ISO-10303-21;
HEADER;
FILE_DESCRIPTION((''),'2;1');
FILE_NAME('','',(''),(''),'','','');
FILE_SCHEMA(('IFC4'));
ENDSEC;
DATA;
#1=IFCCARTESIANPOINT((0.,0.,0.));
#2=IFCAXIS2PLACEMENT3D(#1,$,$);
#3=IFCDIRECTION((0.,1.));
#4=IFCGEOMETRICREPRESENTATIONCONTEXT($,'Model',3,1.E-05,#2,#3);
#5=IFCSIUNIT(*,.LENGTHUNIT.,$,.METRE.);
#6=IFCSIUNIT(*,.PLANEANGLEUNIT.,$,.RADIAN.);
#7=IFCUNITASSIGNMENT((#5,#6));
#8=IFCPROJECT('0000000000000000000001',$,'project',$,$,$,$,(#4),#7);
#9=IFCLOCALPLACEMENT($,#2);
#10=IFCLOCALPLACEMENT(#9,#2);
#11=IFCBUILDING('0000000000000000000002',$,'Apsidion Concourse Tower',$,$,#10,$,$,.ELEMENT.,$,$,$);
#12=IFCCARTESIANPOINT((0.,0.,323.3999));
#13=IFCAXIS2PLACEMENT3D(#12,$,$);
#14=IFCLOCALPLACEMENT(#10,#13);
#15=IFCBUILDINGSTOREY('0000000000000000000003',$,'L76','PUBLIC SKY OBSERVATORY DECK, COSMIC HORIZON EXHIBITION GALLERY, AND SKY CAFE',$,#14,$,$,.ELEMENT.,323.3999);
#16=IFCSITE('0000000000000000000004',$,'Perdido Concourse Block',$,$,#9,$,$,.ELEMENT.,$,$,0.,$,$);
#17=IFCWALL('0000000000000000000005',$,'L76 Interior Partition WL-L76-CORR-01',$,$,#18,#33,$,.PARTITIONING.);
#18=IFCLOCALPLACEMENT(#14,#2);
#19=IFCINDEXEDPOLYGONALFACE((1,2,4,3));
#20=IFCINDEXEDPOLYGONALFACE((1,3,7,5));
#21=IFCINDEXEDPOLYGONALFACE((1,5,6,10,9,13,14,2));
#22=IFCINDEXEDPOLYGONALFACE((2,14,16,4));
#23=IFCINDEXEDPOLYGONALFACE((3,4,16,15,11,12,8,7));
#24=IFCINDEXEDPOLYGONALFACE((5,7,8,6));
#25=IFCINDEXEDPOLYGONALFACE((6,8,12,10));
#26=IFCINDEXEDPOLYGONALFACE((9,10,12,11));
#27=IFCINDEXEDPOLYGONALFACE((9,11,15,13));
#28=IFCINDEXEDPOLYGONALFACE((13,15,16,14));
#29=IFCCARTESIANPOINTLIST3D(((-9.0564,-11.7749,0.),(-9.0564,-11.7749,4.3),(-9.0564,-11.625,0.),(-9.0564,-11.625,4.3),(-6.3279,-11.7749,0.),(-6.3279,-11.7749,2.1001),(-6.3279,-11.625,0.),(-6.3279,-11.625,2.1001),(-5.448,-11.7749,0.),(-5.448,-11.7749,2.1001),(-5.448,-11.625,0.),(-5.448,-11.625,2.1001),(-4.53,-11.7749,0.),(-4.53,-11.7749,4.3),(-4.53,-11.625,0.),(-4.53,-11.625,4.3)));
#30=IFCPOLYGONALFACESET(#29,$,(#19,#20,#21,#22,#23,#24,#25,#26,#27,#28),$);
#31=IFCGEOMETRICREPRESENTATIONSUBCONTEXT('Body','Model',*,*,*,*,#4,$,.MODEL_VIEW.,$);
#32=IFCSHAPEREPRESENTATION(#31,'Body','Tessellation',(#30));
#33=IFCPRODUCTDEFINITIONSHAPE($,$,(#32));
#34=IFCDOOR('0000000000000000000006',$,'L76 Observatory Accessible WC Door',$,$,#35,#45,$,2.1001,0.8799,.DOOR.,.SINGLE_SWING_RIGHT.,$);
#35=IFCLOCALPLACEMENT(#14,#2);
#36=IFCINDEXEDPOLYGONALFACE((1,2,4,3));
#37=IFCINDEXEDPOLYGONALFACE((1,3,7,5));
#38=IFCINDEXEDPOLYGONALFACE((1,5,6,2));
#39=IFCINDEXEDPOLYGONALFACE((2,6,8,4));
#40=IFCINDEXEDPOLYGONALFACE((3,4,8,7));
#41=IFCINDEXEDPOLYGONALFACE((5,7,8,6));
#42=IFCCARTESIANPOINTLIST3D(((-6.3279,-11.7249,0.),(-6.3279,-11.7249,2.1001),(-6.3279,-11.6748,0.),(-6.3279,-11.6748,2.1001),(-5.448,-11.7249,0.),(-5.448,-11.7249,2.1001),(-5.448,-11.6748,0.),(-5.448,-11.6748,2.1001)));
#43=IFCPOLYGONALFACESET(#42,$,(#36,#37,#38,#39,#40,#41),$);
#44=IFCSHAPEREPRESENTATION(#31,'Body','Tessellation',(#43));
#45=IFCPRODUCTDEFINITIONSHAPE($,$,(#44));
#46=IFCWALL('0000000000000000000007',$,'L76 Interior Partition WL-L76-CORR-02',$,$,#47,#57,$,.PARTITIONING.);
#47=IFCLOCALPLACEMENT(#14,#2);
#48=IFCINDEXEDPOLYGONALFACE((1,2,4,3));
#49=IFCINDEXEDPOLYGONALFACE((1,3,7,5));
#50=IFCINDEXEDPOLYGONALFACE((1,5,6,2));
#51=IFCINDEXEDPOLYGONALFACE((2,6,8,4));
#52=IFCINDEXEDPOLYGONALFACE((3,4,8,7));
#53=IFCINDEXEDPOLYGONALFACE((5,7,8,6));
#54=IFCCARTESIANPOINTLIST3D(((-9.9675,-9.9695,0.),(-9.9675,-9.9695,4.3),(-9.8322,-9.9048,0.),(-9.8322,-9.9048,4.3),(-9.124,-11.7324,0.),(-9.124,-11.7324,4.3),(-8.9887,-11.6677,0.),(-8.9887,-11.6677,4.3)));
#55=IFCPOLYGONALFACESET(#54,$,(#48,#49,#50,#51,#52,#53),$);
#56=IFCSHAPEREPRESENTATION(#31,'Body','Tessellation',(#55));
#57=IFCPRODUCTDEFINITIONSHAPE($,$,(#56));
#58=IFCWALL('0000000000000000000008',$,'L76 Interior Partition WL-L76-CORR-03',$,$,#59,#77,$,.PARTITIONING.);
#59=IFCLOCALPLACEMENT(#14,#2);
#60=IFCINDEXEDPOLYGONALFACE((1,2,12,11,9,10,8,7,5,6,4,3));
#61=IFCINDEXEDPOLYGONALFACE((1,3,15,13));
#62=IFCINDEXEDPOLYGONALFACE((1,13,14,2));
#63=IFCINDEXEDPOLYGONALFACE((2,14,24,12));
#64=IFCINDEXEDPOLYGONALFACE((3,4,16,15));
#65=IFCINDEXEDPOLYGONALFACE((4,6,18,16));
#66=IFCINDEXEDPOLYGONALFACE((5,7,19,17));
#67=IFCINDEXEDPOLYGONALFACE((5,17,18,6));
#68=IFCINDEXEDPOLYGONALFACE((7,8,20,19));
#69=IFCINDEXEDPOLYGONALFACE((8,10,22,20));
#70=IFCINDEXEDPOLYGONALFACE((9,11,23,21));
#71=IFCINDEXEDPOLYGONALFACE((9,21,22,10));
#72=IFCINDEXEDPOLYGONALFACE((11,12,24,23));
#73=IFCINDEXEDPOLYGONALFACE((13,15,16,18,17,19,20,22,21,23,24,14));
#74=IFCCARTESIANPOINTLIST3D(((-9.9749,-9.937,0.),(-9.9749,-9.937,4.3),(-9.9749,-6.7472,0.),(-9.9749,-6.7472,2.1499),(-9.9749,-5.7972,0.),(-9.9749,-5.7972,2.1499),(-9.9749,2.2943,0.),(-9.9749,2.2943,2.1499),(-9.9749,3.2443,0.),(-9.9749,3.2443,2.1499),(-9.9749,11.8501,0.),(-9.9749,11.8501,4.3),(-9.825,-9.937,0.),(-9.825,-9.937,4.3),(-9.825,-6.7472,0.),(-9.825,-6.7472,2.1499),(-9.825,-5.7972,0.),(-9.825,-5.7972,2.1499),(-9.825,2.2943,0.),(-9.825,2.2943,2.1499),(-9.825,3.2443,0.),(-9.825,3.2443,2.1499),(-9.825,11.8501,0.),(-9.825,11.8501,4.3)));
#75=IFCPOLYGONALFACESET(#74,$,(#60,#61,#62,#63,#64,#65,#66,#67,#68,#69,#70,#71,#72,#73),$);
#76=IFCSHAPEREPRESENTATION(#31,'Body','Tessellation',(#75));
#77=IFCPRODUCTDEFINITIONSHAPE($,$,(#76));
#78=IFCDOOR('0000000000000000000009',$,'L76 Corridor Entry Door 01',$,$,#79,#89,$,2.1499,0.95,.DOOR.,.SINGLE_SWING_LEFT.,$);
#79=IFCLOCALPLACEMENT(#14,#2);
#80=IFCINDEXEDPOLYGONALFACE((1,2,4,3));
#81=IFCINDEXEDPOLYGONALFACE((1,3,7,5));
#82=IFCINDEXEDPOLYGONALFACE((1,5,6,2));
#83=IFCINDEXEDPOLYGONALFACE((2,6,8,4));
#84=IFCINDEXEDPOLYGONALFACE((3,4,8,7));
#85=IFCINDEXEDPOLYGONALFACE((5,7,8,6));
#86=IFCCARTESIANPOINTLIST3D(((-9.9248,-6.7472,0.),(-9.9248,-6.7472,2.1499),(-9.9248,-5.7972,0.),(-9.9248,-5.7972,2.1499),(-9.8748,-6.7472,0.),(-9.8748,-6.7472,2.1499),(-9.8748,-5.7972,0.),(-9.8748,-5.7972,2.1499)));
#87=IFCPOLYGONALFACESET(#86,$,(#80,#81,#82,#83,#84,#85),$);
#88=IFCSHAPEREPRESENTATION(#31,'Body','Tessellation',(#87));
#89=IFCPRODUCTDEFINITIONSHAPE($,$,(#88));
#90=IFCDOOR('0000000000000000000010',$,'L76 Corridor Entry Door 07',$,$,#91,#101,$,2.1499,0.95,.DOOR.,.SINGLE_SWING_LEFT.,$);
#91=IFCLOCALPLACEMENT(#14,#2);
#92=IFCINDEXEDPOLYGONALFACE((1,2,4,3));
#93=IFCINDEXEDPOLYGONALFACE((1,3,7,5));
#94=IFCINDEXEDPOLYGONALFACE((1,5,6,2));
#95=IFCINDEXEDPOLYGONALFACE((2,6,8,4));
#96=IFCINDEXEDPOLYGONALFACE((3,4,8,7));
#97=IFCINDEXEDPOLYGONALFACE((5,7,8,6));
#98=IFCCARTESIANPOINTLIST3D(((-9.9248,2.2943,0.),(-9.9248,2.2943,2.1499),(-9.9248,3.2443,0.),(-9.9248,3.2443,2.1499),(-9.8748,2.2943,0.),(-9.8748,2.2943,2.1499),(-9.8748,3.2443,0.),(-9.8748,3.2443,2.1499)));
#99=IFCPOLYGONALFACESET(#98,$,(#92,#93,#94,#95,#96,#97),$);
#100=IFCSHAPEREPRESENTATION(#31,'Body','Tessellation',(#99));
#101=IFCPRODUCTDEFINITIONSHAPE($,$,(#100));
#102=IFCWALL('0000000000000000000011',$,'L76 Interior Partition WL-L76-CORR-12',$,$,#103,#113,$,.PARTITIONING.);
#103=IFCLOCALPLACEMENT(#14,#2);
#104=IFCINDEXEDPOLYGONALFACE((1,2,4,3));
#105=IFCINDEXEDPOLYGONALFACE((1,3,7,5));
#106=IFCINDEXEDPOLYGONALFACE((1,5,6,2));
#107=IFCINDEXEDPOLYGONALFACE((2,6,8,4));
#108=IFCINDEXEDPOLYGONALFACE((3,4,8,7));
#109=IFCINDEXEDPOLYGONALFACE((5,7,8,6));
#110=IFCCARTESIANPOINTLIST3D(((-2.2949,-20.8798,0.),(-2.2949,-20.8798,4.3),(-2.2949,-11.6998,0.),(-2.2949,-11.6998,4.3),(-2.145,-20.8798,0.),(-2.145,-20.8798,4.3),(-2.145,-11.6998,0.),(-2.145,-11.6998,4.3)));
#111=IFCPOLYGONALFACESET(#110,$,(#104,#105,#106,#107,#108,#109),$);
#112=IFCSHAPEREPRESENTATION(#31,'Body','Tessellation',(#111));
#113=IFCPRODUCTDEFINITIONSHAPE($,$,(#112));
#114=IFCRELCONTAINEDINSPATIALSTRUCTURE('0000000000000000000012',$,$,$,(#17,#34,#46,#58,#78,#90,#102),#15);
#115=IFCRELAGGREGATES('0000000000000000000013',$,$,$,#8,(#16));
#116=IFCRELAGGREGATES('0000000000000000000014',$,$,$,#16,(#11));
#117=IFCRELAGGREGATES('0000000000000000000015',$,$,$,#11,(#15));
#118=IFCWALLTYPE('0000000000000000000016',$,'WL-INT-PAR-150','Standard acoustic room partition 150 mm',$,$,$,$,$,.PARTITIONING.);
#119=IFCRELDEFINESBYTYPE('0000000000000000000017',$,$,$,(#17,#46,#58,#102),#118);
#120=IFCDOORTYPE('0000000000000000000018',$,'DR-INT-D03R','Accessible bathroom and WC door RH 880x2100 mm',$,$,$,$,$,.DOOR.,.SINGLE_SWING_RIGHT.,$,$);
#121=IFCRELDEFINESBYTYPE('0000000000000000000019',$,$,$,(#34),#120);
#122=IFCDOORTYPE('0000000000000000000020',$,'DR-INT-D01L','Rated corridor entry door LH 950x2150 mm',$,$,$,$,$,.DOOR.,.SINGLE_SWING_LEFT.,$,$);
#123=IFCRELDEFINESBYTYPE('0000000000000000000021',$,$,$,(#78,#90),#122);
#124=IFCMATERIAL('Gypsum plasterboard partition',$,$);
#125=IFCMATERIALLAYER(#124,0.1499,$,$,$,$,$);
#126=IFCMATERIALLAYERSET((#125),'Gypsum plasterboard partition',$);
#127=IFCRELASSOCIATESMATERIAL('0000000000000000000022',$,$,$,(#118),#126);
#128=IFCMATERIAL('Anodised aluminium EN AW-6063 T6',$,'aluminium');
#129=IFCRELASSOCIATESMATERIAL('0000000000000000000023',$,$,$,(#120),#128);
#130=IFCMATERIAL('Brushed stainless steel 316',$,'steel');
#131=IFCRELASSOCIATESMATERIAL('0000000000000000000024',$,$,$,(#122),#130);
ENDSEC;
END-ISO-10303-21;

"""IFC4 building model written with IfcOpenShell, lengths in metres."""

from ifc_helpers import new_model, si_unit, direction, frame, frame_2d, origin, place, context, subcontext, project, spatial, rectangle, extrude, material, layer, layer_set, type_object, element, fill, save


model = new_model("IFC4")

# Units and contexts
model_context = context("Model", 3, precision=1e-05, world=origin(), true_north=direction((0.0, 1.0)))
body_context = subcontext(model_context, "Body", "Model", "MODEL_VIEW")
ifc_project = project(units=[si_unit("LENGTHUNIT", "METRE"), si_unit("PLANEANGLEUNIT", "RADIAN")], contexts=[model_context])

# Site, building, storey
site_placement = place(None, origin())
site = spatial("IfcSite", under=ifc_project, at=site_placement, Name="Perdido Concourse Block", CompositionType="ELEMENT", RefElevation=0.0)
building_placement = place(site_placement, origin())
building = spatial("IfcBuilding", under=site, at=building_placement, Name="Apsidion Concourse Tower", CompositionType="ELEMENT")
storey_placement = place(building_placement, frame((0.0, 0.0, 323.3999)))
storey = spatial("IfcBuildingStorey", under=building, at=storey_placement, Name="L76", Description="PUBLIC SKY OBSERVATORY DECK, COSMIC HORIZON EXHIBITION GALLERY, AND SKY CAFE", CompositionType="ELEMENT", Elevation=323.3999)

# Shared definitions
ifc_material_1 = material(Name="Anodised aluminium EN AW-6063 T6", Category="aluminium")

# Shared definitions
ifc_material_2 = material(Name="Gypsum plasterboard partition")

# Wall, opening, door
ifc_layer_1 = layer(ifc_material_2, 0.1499)
ifc_layer_set_1 = layer_set([ifc_layer_1], Name="Gypsum plasterboard partition")
wall_type_1 = type_object("IfcWallType", Name="WL-INT-PAR-150", Description="Standard acoustic room partition 150 mm", PredefinedType="PARTITIONING", material=ifc_layer_set_1)
wall_1_placement = place(storey_placement, frame((-4.53, -11.7, 0.0), z_axis=(0.0, 0.0, 1.0), x_axis=(-1.0, 0.0, 0.0)))
wall_1 = element("IfcWall", 1, at=wall_1_placement, inside=storey, type_object=wall_type_1, Name="L76 Interior Partition WL-L76-CORR-01", PredefinedType="PARTITIONING", context=body_context, shape_type="SweptSolid", body=[
    extrude(rectangle(XDim=4.5264, YDim=0.1499, at=frame_2d((2.2632, 0.0))), origin(), (0.0, 0.0, 1.0), 4.3),
])
opening_1_placement = place(wall_1_placement, frame((0.918, 0.0, 0.0)))
opening_1 = element("IfcOpeningElement", 2, at=opening_1_placement, cuts=wall_1, PredefinedType="OPENING", context=body_context, shape_type="SweptSolid", body=[
    extrude(rectangle(XDim=0.8799, YDim=2.1001, at=frame_2d((0.4399, 1.05))), frame((0.0, 0.085, 0.0), z_axis=(0.0, -1.0, 0.0), x_axis=(1.0, 0.0, 0.0)), (0.0, 0.0, 1.0), 0.1699),
])
door_type_1 = type_object("IfcDoorType", Name="DR-INT-D03R", Description="Accessible bathroom and WC door RH 880x2100 mm", OperationType="SINGLE_SWING_RIGHT", PredefinedType="DOOR", material=ifc_material_1)
door_1_placement = place(opening_1_placement, origin())
door_1 = element("IfcDoor", 3, at=door_1_placement, inside=storey, type_object=door_type_1, Name="L76 Observatory Accessible WC Door", OperationType="SINGLE_SWING_RIGHT", OverallHeight=2.1001, OverallWidth=0.8799, PredefinedType="DOOR", context=body_context, shape_type="SweptSolid", body=[
    extrude(rectangle(XDim=0.8799, YDim=2.1001, at=frame_2d((0.4399, 1.05))), frame((0.0, 0.0249, 0.0), z_axis=(0.0, -1.0, 0.0), x_axis=(1.0, 0.0, 0.0)), (0.0, 0.0, 1.0), 0.05),
])
fill(opening_1, door_1)

# Wall
wall_2_placement = place(storey_placement, frame((-9.0564, -11.7, 0.0), z_axis=(0.0, 0.0, 1.0), x_axis=(-0.431606, 0.902062, 0.0)))
element("IfcWall", 4, at=wall_2_placement, inside=storey, type_object=wall_type_1, Name="L76 Interior Partition WL-L76-CORR-02", PredefinedType="PARTITIONING", context=body_context, shape_type="SweptSolid", body=[
    extrude(rectangle(XDim=1.9543, YDim=0.1499, at=frame_2d((0.9771, 0.0))), origin(), (0.0, 0.0, 1.0), 4.3),
])

# Wall, openings, doors
wall_3_placement = place(storey_placement, frame((-9.8999, -9.937, 0.0), z_axis=(0.0, 0.0, 1.0), x_axis=(0.0, 1.0, 0.0)))
wall_3 = element("IfcWall", 5, at=wall_3_placement, inside=storey, type_object=wall_type_1, Name="L76 Interior Partition WL-L76-CORR-03", PredefinedType="PARTITIONING", context=body_context, shape_type="SweptSolid", body=[
    extrude(rectangle(XDim=21.7871, YDim=0.1499, at=frame_2d((10.8936, 0.0))), origin(), (0.0, 0.0, 1.0), 4.3),
])
opening_2_placement = place(wall_3_placement, frame((3.1897, 0.0, 0.0)))
opening_2 = element("IfcOpeningElement", 6, at=opening_2_placement, cuts=wall_3, PredefinedType="OPENING", context=body_context, shape_type="SweptSolid", body=[
    extrude(rectangle(XDim=0.95, YDim=2.1499, at=frame_2d((0.4751, 1.075))), frame((0.0, 0.085, 0.0), z_axis=(0.0, -1.0, 0.0), x_axis=(1.0, 0.0, 0.0)), (0.0, 0.0, 1.0), 0.1699),
])
opening_3_placement = place(wall_3_placement, frame((12.2312, 0.0, 0.0)))
opening_3 = element("IfcOpeningElement", 7, at=opening_3_placement, cuts=wall_3, PredefinedType="OPENING", context=body_context, shape_type="SweptSolid", body=[
    extrude(rectangle(XDim=0.95, YDim=2.1499, at=frame_2d((0.4751, 1.075))), frame((0.0, 0.085, 0.0), z_axis=(0.0, -1.0, 0.0), x_axis=(1.0, 0.0, 0.0)), (0.0, 0.0, 1.0), 0.1699),
])
ifc_material_3 = material(Name="Brushed stainless steel 316", Category="steel")
door_type_2 = type_object("IfcDoorType", Name="DR-INT-D01L", Description="Rated corridor entry door LH 950x2150 mm", OperationType="SINGLE_SWING_LEFT", PredefinedType="DOOR", material=ifc_material_3)
door_2_placement = place(opening_2_placement, origin())
door_2 = element("IfcDoor", 8, at=door_2_placement, inside=storey, type_object=door_type_2, Name="L76 Corridor Entry Door 01", OperationType="SINGLE_SWING_LEFT", OverallHeight=2.1499, OverallWidth=0.95, PredefinedType="DOOR", context=body_context, shape_type="SweptSolid", body=[
    extrude(rectangle(XDim=0.95, YDim=2.1499, at=frame_2d((0.4751, 1.075))), frame((0.0, 0.0249, 0.0), z_axis=(0.0, -1.0, 0.0), x_axis=(1.0, 0.0, 0.0)), (0.0, 0.0, 1.0), 0.05),
])
fill(opening_2, door_2)
door_3_placement = place(opening_3_placement, origin())
door_3 = element("IfcDoor", 9, at=door_3_placement, inside=storey, type_object=door_type_2, Name="L76 Corridor Entry Door 07", OperationType="SINGLE_SWING_LEFT", OverallHeight=2.1499, OverallWidth=0.95, PredefinedType="DOOR", context=body_context, shape_type="SweptSolid", body=[
    extrude(rectangle(XDim=0.95, YDim=2.1499, at=frame_2d((0.4751, 1.075))), frame((0.0, 0.0249, 0.0), z_axis=(0.0, -1.0, 0.0), x_axis=(1.0, 0.0, 0.0)), (0.0, 0.0, 1.0), 0.05),
])
fill(opening_3, door_3)

# Wall
wall_4_placement = place(storey_placement, frame((-2.22, -11.7, 0.0), z_axis=(0.0, 0.0, 1.0), x_axis=(0.0, -1.0, 0.0)))
element("IfcWall", 10, at=wall_4_placement, inside=storey, type_object=wall_type_1, Name="L76 Interior Partition WL-L76-CORR-12", PredefinedType="PARTITIONING", context=body_context, shape_type="SweptSolid", body=[
    extrude(rectangle(XDim=9.1799, YDim=0.1499, at=frame_2d((4.5898, 0.0))), origin(), (0.0, 0.0, 1.0), 4.3),
])

save(model, "model.ifc")
